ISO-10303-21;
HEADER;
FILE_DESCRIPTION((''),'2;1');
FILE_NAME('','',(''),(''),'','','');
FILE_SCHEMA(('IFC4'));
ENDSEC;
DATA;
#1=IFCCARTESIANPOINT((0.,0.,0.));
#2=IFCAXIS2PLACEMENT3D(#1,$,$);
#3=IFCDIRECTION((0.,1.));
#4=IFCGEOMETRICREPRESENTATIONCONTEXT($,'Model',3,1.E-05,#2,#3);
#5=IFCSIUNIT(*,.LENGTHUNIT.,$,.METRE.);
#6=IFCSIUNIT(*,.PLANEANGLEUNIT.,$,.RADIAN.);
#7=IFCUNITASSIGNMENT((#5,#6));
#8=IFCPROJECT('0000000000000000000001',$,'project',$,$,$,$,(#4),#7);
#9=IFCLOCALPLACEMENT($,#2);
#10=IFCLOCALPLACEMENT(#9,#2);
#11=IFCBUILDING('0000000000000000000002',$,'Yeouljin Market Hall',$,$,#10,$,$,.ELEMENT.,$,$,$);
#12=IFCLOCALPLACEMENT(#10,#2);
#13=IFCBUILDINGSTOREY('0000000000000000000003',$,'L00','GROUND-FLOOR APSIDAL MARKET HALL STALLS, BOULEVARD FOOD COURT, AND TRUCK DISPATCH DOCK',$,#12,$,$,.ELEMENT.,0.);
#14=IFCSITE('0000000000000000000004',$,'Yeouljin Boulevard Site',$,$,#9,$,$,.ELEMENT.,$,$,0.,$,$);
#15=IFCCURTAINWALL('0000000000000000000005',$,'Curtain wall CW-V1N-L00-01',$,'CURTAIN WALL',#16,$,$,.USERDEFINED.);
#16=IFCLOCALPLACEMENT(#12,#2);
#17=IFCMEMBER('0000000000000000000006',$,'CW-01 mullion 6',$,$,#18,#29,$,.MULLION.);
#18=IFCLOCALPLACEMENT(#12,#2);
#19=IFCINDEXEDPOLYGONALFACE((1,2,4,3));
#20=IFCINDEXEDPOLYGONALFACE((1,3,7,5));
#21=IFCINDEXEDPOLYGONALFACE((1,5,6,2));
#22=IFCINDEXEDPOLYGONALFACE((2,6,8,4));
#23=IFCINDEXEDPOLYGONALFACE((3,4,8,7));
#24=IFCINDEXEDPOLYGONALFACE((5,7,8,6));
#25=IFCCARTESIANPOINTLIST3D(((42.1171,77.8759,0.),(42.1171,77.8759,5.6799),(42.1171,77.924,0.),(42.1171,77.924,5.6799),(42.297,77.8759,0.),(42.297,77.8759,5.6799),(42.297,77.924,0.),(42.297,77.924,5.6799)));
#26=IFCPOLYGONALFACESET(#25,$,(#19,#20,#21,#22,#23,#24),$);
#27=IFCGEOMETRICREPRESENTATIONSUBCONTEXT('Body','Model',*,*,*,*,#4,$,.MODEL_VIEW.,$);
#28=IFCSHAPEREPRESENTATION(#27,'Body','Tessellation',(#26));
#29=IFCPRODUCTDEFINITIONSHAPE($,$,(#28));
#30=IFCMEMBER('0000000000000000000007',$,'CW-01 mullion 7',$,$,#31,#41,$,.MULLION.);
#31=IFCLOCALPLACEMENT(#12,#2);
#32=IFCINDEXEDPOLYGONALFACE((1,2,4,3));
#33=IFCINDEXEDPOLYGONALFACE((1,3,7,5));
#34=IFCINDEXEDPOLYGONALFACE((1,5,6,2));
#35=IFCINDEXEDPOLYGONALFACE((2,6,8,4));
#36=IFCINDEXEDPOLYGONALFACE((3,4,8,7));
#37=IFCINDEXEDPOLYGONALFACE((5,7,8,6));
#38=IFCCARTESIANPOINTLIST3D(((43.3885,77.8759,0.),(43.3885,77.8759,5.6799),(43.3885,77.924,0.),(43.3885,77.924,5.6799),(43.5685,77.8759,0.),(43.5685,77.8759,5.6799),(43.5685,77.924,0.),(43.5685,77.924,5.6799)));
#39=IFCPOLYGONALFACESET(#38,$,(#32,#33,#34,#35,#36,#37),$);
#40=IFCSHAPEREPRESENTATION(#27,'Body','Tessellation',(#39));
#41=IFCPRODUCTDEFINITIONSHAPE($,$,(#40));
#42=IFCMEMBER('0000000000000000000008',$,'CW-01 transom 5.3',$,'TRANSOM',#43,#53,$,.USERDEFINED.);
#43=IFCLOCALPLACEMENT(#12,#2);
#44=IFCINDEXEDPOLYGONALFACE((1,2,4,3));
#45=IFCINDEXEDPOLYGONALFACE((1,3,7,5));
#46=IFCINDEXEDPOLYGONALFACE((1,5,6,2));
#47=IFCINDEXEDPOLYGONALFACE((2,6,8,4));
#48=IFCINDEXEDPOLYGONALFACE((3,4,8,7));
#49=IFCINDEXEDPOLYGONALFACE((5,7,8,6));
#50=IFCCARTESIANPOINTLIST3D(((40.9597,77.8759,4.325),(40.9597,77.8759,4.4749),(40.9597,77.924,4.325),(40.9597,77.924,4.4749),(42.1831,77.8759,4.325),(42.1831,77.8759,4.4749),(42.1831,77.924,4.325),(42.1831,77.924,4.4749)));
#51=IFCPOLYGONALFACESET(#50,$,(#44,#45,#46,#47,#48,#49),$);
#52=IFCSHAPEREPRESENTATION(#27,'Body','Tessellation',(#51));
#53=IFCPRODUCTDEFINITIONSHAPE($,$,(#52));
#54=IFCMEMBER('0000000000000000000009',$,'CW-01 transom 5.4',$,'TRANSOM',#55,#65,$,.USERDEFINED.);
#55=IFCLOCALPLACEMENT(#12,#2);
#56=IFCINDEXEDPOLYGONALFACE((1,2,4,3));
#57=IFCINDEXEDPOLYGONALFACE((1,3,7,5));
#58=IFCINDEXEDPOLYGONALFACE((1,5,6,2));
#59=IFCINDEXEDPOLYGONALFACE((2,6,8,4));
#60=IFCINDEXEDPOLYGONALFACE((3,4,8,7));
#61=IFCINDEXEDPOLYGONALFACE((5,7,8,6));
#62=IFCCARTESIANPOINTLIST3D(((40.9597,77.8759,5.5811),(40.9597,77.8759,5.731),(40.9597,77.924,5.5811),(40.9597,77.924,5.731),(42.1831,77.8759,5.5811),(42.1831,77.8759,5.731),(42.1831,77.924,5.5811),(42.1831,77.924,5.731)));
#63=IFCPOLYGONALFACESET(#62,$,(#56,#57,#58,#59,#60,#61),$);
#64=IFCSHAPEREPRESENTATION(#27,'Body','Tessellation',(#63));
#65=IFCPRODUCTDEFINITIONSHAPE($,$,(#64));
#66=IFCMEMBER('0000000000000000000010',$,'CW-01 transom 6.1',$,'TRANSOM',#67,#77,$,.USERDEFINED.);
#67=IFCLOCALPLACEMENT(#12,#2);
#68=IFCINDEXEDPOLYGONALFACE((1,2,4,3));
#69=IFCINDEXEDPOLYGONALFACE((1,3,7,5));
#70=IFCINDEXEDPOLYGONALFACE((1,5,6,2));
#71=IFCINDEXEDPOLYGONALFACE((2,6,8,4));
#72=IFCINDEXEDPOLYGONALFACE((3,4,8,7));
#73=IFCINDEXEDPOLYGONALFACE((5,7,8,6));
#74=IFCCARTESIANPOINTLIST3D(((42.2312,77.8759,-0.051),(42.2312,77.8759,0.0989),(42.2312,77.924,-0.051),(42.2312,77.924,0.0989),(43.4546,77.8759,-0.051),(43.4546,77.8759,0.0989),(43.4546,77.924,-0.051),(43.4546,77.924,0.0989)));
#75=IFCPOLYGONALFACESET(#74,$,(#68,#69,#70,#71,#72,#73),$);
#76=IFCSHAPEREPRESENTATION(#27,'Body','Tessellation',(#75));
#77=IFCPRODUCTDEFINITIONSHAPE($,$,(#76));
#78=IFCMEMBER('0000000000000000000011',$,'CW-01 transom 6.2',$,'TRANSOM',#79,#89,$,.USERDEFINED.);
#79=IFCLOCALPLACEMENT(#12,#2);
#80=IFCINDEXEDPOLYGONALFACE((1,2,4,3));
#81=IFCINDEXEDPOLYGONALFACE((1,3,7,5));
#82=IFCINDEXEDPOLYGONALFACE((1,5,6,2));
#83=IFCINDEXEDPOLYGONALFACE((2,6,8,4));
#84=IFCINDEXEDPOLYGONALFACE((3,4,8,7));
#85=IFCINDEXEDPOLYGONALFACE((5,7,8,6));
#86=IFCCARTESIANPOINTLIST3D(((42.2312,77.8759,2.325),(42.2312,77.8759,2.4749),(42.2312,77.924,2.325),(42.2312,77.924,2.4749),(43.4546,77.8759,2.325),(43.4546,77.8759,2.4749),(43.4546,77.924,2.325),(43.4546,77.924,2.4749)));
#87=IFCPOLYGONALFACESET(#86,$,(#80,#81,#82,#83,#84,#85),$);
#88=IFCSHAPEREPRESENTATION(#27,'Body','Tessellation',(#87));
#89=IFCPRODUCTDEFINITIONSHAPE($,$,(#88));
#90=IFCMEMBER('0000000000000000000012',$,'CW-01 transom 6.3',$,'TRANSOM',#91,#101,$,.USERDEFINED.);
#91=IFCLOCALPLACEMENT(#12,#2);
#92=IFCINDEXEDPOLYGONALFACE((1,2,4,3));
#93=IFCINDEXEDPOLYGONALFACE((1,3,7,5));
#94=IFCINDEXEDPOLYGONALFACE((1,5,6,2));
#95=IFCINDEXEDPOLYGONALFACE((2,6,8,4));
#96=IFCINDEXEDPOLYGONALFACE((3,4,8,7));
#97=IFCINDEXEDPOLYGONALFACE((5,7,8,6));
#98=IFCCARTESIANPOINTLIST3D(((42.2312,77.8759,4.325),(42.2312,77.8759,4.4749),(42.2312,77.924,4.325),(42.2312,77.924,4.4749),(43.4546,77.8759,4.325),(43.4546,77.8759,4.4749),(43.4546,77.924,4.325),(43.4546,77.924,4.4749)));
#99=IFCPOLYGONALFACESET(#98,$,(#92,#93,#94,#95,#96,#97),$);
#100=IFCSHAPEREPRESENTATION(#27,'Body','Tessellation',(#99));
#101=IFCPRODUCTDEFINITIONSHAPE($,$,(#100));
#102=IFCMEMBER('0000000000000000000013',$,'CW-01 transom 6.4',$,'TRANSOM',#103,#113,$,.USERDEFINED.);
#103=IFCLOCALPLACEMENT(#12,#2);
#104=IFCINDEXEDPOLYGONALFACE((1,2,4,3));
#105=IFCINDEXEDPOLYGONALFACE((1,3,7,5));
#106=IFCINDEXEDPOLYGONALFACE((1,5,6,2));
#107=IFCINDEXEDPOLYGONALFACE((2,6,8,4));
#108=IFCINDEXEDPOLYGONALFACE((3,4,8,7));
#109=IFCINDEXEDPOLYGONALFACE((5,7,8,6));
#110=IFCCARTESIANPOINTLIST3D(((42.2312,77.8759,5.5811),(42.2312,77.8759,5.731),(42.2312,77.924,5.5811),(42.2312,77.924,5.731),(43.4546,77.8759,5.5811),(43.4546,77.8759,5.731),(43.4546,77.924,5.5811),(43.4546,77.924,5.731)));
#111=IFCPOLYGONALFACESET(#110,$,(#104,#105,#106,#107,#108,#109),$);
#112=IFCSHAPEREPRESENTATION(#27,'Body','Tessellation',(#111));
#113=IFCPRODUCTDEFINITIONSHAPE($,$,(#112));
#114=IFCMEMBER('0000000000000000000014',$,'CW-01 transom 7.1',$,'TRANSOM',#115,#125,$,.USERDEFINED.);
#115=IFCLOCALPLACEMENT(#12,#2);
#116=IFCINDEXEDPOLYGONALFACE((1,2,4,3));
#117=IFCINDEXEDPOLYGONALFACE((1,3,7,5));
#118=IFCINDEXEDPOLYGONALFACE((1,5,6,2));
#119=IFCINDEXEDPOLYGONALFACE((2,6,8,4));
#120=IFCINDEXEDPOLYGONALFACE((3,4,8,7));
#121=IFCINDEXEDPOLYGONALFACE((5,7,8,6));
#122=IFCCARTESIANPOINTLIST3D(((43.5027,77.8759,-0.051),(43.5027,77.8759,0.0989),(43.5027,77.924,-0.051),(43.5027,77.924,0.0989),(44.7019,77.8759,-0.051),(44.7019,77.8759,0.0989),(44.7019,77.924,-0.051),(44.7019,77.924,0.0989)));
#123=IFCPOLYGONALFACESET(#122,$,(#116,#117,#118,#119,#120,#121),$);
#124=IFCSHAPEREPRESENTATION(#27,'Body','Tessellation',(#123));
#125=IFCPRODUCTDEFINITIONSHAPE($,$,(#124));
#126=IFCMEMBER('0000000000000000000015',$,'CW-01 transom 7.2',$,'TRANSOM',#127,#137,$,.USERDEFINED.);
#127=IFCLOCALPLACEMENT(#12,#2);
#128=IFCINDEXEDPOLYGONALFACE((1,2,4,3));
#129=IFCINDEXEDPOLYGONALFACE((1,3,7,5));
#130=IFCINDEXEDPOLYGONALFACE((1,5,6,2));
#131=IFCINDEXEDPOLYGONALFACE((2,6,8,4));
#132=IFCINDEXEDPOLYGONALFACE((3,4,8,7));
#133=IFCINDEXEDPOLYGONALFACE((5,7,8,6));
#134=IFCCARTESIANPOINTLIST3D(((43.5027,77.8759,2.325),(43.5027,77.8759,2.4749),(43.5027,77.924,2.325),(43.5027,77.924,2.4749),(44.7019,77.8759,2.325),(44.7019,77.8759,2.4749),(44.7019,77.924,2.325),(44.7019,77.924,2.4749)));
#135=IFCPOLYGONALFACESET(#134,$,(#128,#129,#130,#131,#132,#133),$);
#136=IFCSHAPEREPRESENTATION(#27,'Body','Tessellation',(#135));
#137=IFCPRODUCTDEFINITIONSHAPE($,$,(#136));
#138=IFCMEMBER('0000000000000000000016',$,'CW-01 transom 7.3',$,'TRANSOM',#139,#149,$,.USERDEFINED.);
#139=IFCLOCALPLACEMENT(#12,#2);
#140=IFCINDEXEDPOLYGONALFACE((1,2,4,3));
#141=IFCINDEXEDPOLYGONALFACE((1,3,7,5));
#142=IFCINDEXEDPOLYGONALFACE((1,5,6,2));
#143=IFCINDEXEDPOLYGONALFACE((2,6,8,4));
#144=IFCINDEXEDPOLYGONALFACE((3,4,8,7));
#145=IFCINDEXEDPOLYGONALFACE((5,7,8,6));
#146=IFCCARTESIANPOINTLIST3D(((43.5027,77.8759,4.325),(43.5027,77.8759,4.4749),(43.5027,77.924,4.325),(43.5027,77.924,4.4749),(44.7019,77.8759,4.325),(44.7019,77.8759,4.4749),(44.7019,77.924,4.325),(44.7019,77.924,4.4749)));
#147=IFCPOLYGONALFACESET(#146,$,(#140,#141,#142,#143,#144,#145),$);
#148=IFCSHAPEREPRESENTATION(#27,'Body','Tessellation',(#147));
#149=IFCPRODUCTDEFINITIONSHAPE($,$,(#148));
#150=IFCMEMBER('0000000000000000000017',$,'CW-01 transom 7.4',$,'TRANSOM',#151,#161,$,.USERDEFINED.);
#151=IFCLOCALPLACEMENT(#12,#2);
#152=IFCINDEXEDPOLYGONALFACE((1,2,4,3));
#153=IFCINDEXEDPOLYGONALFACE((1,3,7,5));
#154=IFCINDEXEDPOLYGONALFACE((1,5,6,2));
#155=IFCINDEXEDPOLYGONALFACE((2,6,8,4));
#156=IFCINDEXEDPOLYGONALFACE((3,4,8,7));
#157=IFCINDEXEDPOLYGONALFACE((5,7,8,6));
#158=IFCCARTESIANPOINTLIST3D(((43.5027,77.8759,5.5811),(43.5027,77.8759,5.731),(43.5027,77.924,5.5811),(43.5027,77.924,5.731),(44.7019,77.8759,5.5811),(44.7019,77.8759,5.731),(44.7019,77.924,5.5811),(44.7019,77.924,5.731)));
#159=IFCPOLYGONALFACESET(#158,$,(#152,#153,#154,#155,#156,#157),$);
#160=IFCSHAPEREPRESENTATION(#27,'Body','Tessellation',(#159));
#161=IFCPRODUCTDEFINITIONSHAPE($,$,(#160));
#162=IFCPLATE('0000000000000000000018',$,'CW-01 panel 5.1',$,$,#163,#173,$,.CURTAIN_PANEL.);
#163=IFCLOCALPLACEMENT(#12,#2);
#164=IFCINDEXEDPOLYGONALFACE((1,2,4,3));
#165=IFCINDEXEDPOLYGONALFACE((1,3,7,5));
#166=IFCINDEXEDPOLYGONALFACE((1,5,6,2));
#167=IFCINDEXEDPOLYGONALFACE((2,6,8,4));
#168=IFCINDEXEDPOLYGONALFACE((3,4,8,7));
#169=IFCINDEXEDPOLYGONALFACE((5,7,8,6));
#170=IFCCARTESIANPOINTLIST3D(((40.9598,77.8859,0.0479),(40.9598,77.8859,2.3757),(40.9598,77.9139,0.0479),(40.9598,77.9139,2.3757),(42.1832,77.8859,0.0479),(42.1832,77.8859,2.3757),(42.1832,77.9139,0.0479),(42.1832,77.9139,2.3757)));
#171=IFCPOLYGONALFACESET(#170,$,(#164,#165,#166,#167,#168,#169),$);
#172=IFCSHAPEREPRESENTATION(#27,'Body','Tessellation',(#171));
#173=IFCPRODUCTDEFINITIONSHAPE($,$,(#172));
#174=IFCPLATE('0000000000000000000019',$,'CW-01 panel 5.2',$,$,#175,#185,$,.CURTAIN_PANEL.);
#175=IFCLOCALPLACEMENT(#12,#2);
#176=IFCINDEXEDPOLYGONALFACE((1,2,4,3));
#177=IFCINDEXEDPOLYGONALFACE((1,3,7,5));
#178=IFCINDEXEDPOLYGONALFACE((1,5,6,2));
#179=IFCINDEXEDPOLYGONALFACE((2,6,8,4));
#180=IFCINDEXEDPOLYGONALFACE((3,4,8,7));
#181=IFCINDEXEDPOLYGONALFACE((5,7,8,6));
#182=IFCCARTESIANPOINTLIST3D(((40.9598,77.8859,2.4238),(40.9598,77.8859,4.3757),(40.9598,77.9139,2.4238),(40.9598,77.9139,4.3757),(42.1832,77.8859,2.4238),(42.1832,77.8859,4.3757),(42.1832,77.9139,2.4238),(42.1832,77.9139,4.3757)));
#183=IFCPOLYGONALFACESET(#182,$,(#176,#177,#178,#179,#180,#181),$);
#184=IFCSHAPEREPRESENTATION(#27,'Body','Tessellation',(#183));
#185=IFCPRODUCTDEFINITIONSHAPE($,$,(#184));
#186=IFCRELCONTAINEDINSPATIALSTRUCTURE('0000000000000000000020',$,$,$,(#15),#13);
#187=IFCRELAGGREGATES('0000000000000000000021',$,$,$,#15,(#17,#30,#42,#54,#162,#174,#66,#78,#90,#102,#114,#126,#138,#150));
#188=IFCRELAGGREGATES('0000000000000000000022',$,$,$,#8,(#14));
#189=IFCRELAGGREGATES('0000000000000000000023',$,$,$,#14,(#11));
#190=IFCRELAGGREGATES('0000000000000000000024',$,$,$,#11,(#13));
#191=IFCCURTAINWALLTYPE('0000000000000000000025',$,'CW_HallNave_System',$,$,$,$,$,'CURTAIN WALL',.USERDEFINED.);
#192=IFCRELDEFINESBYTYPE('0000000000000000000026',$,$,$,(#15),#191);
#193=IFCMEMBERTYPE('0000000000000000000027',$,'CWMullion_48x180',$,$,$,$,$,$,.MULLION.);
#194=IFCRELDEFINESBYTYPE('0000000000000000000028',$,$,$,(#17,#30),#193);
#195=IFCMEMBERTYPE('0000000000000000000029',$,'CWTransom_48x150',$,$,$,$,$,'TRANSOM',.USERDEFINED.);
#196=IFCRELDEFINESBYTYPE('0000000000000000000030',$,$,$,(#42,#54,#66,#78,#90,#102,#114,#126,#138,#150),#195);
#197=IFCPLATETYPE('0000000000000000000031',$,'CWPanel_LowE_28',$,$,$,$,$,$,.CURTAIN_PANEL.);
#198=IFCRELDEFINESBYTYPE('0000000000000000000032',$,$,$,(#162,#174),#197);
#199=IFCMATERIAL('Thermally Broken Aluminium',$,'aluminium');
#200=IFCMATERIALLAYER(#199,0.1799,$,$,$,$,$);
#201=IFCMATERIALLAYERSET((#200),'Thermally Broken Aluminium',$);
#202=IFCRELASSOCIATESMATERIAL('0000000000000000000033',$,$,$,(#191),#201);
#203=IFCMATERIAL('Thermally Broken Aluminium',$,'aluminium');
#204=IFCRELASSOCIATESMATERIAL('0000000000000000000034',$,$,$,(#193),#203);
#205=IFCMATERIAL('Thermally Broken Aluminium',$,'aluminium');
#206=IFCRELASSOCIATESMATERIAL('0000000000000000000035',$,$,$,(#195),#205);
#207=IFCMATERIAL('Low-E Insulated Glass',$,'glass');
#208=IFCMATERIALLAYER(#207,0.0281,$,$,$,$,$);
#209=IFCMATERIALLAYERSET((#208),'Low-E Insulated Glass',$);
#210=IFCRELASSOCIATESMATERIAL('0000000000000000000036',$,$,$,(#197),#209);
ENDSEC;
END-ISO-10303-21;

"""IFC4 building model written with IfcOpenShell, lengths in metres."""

from ifc_helpers import new_model, si_unit, direction, frame, origin, origin_2d, place, context, subcontext, project, spatial, rectangle, extrude, material, layer, layer_set, material_profile, profile_set, type_object, element, aggregate, save


model = new_model("IFC4")

# Units and contexts
model_context = context("Model", 3, precision=1e-05, world=origin(), true_north=direction((0.0, 1.0)))
body_context = subcontext(model_context, "Body", "Model", "MODEL_VIEW")
ifc_project = project(units=[si_unit("LENGTHUNIT", "METRE"), si_unit("PLANEANGLEUNIT", "RADIAN")], contexts=[model_context])

# Site, building, storey
site_placement = place(None, origin())
site = spatial("IfcSite", under=ifc_project, at=site_placement, Name="Yeouljin Boulevard Site", CompositionType="ELEMENT", RefElevation=0.0)
building_placement = place(site_placement, origin())
building = spatial("IfcBuilding", under=site, at=building_placement, Name="Yeouljin Market Hall", CompositionType="ELEMENT")
storey_placement = place(building_placement, origin())
storey = spatial("IfcBuildingStorey", under=building, at=storey_placement, Name="L00", Description="GROUND-FLOOR APSIDAL MARKET HALL STALLS, BOULEVARD FOOD COURT, AND TRUCK DISPATCH DOCK", CompositionType="ELEMENT", Elevation=0.0)

# Curtain wall, members, plates
ifc_material_1 = material(Name="Thermally Broken Aluminium", Category="aluminium")
ifc_layer_1 = layer(ifc_material_1, 0.1799)
ifc_layer_set_1 = layer_set([ifc_layer_1], Name="Thermally Broken Aluminium")
curtain_wall_type = type_object("IfcCurtainWallType", Name="CW_HallNave_System", ElementType="CURTAIN WALL", PredefinedType="USERDEFINED", material=ifc_layer_set_1)
curtain_wall_placement = place(storey_placement, origin())
curtain_wall = element("IfcCurtainWall", 1, at=curtain_wall_placement, inside=storey, type_object=curtain_wall_type, Name="Curtain wall CW-V1N-L00-01", ObjectType="CURTAIN WALL", PredefinedType="USERDEFINED")
ifc_material_2 = material(Name="Thermally Broken Aluminium", Category="aluminium")
ifc_material_profile_1 = material_profile(ifc_material_2, rectangle(XDim=0.0481, YDim=0.1799, at=origin_2d()), Name="CW-MULL-48x180")
ifc_profile_set_1 = profile_set([ifc_material_profile_1], Name="Thermally Broken Aluminium")
member_type_1 = type_object("IfcMemberType", Name="CWMullion_48x180", PredefinedType="MULLION", material=ifc_profile_set_1)
member_1_placement = place(storey_placement, frame((42.207, 77.8999, 0.0), z_axis=(0.0, 0.0, 1.0), x_axis=(0.0, 1.0, 0.0)))
member_1 = element("IfcMember", 2, at=member_1_placement, type_object=member_type_1, Name="CW-01 mullion 6", PredefinedType="MULLION", context=body_context, shape_type="SweptSolid", body=[
    extrude(rectangle(XDim=0.0481, YDim=0.1799, at=origin_2d()), origin(), (0.0, 0.0, 1.0), 5.6799),
])
member_2_placement = place(storey_placement, frame((43.4785, 77.8999, 0.0), z_axis=(0.0, 0.0, 1.0), x_axis=(0.0, 1.0, 0.0)))
member_2 = element("IfcMember", 3, at=member_2_placement, type_object=member_type_1, Name="CW-01 mullion 7", PredefinedType="MULLION", context=body_context, shape_type="SweptSolid", body=[
    extrude(rectangle(XDim=0.0481, YDim=0.1799, at=origin_2d()), origin(), (0.0, 0.0, 1.0), 5.6799),
])
ifc_material_3 = material(Name="Thermally Broken Aluminium", Category="aluminium")
ifc_material_profile_2 = material_profile(ifc_material_3, rectangle(XDim=0.0481, YDim=0.1499, at=origin_2d()), Name="CW-TRAN-48x150")
ifc_profile_set_2 = profile_set([ifc_material_profile_2], Name="Thermally Broken Aluminium")
member_type_2 = type_object("IfcMemberType", Name="CWTransom_48x150", ElementType="TRANSOM", PredefinedType="USERDEFINED", material=ifc_profile_set_2)
member_3_placement = place(storey_placement, frame((40.9597, 77.8999, 4.3999), z_axis=(1.0, 0.0, 0.0), x_axis=(0.0, 1.0, 0.0)))
member_3 = element("IfcMember", 4, at=member_3_placement, type_object=member_type_2, Name="CW-01 transom 5.3", ObjectType="TRANSOM", PredefinedType="USERDEFINED", context=body_context, shape_type="SweptSolid", body=[
    extrude(rectangle(XDim=0.0481, YDim=0.1499, at=origin_2d()), origin(), (0.0, 0.0, 1.0), 1.2234),
])
member_4_placement = place(storey_placement, frame((40.9597, 77.8999, 5.656), z_axis=(1.0, 0.0, 0.0), x_axis=(0.0, 1.0, 0.0)))
member_4 = element("IfcMember", 5, at=member_4_placement, type_object=member_type_2, Name="CW-01 transom 5.4", ObjectType="TRANSOM", PredefinedType="USERDEFINED", context=body_context, shape_type="SweptSolid", body=[
    extrude(rectangle(XDim=0.0481, YDim=0.1499, at=origin_2d()), origin(), (0.0, 0.0, 1.0), 1.2234),
])
member_5_placement = place(storey_placement, frame((42.2312, 77.8999, 0.0239), z_axis=(1.0, 0.0, 0.0), x_axis=(0.0, 1.0, 0.0)))
member_5 = element("IfcMember", 6, at=member_5_placement, type_object=member_type_2, Name="CW-01 transom 6.1", ObjectType="TRANSOM", PredefinedType="USERDEFINED", context=body_context, shape_type="SweptSolid", body=[
    extrude(rectangle(XDim=0.0481, YDim=0.1499, at=origin_2d()), origin(), (0.0, 0.0, 1.0), 1.2234),
])
member_6_placement = place(storey_placement, frame((42.2312, 77.8999, 2.3999), z_axis=(1.0, 0.0, 0.0), x_axis=(0.0, 1.0, 0.0)))
member_6 = element("IfcMember", 7, at=member_6_placement, type_object=member_type_2, Name="CW-01 transom 6.2", ObjectType="TRANSOM", PredefinedType="USERDEFINED", context=body_context, shape_type="SweptSolid", body=[
    extrude(rectangle(XDim=0.0481, YDim=0.1499, at=origin_2d()), origin(), (0.0, 0.0, 1.0), 1.2234),
])
member_7_placement = place(storey_placement, frame((42.2312, 77.8999, 4.3999), z_axis=(1.0, 0.0, 0.0), x_axis=(0.0, 1.0, 0.0)))
member_7 = element("IfcMember", 8, at=member_7_placement, type_object=member_type_2, Name="CW-01 transom 6.3", ObjectType="TRANSOM", PredefinedType="USERDEFINED", context=body_context, shape_type="SweptSolid", body=[
    extrude(rectangle(XDim=0.0481, YDim=0.1499, at=origin_2d()), origin(), (0.0, 0.0, 1.0), 1.2234),
])
member_8_placement = place(storey_placement, frame((42.2312, 77.8999, 5.656), z_axis=(1.0, 0.0, 0.0), x_axis=(0.0, 1.0, 0.0)))
member_8 = element("IfcMember", 9, at=member_8_placement, type_object=member_type_2, Name="CW-01 transom 6.4", ObjectType="TRANSOM", PredefinedType="USERDEFINED", context=body_context, shape_type="SweptSolid", body=[
    extrude(rectangle(XDim=0.0481, YDim=0.1499, at=origin_2d()), origin(), (0.0, 0.0, 1.0), 1.2234),
])
member_9_placement = place(storey_placement, frame((43.5027, 77.8999, 0.0239), z_axis=(1.0, 0.0, 0.0), x_axis=(0.0, 1.0, 0.0)))
member_9 = element("IfcMember", 10, at=member_9_placement, type_object=member_type_2, Name="CW-01 transom 7.1", ObjectType="TRANSOM", PredefinedType="USERDEFINED", context=body_context, shape_type="SweptSolid", body=[
    extrude(rectangle(XDim=0.0481, YDim=0.1499, at=origin_2d()), origin(), (0.0, 0.0, 1.0), 1.1992),
])
member_10_placement = place(storey_placement, frame((43.5027, 77.8999, 2.3999), z_axis=(1.0, 0.0, 0.0), x_axis=(0.0, 1.0, 0.0)))
member_10 = element("IfcMember", 11, at=member_10_placement, type_object=member_type_2, Name="CW-01 transom 7.2", ObjectType="TRANSOM", PredefinedType="USERDEFINED", context=body_context, shape_type="SweptSolid", body=[
    extrude(rectangle(XDim=0.0481, YDim=0.1499, at=origin_2d()), origin(), (0.0, 0.0, 1.0), 1.1992),
])
member_11_placement = place(storey_placement, frame((43.5027, 77.8999, 4.3999), z_axis=(1.0, 0.0, 0.0), x_axis=(0.0, 1.0, 0.0)))
member_11 = element("IfcMember", 12, at=member_11_placement, type_object=member_type_2, Name="CW-01 transom 7.3", ObjectType="TRANSOM", PredefinedType="USERDEFINED", context=body_context, shape_type="SweptSolid", body=[
    extrude(rectangle(XDim=0.0481, YDim=0.1499, at=origin_2d()), origin(), (0.0, 0.0, 1.0), 1.1992),
])
member_12_placement = place(storey_placement, frame((43.5027, 77.8999, 5.656), z_axis=(1.0, 0.0, 0.0), x_axis=(0.0, 1.0, 0.0)))
member_12 = element("IfcMember", 13, at=member_12_placement, type_object=member_type_2, Name="CW-01 transom 7.4", ObjectType="TRANSOM", PredefinedType="USERDEFINED", context=body_context, shape_type="SweptSolid", body=[
    extrude(rectangle(XDim=0.0481, YDim=0.1499, at=origin_2d()), origin(), (0.0, 0.0, 1.0), 1.1992),
])
ifc_material_4 = material(Name="Low-E Insulated Glass", Category="glass")
ifc_layer_2 = layer(ifc_material_4, 0.0281)
ifc_layer_set_2 = layer_set([ifc_layer_2], Name="Low-E Insulated Glass")
plate_type_1 = type_object("IfcPlateType", Name="CWPanel_LowE_28", PredefinedType="CURTAIN_PANEL", material=ifc_layer_set_2)
plate_1_placement = place(storey_placement, frame((41.5715, 77.8999, 0.0479), z_axis=(0.0, 0.0, 1.0), x_axis=(1.0, 0.0, 0.0)))
plate_1 = element("IfcPlate", 14, at=plate_1_placement, type_object=plate_type_1, Name="CW-01 panel 5.1", PredefinedType="CURTAIN_PANEL", context=body_context, shape_type="SweptSolid", body=[
    extrude(rectangle(XDim=1.2234, YDim=0.0281, at=origin_2d()), origin(), (0.0, 0.0, 1.0), 2.3279),
])
plate_2_placement = place(storey_placement, frame((41.5715, 77.8999, 2.4238), z_axis=(0.0, 0.0, 1.0), x_axis=(1.0, 0.0, 0.0)))
plate_2 = element("IfcPlate", 15, at=plate_2_placement, type_object=plate_type_1, Name="CW-01 panel 5.2", PredefinedType="CURTAIN_PANEL", context=body_context, shape_type="SweptSolid", body=[
    extrude(rectangle(XDim=1.2234, YDim=0.0281, at=origin_2d()), origin(), (0.0, 0.0, 1.0), 1.9519),
])
aggregate(curtain_wall, [member_1, member_2, member_3, member_4, plate_1, plate_2, member_5, member_6, member_7, member_8, member_9, member_10, member_11, member_12])

save(model, "model.ifc")
